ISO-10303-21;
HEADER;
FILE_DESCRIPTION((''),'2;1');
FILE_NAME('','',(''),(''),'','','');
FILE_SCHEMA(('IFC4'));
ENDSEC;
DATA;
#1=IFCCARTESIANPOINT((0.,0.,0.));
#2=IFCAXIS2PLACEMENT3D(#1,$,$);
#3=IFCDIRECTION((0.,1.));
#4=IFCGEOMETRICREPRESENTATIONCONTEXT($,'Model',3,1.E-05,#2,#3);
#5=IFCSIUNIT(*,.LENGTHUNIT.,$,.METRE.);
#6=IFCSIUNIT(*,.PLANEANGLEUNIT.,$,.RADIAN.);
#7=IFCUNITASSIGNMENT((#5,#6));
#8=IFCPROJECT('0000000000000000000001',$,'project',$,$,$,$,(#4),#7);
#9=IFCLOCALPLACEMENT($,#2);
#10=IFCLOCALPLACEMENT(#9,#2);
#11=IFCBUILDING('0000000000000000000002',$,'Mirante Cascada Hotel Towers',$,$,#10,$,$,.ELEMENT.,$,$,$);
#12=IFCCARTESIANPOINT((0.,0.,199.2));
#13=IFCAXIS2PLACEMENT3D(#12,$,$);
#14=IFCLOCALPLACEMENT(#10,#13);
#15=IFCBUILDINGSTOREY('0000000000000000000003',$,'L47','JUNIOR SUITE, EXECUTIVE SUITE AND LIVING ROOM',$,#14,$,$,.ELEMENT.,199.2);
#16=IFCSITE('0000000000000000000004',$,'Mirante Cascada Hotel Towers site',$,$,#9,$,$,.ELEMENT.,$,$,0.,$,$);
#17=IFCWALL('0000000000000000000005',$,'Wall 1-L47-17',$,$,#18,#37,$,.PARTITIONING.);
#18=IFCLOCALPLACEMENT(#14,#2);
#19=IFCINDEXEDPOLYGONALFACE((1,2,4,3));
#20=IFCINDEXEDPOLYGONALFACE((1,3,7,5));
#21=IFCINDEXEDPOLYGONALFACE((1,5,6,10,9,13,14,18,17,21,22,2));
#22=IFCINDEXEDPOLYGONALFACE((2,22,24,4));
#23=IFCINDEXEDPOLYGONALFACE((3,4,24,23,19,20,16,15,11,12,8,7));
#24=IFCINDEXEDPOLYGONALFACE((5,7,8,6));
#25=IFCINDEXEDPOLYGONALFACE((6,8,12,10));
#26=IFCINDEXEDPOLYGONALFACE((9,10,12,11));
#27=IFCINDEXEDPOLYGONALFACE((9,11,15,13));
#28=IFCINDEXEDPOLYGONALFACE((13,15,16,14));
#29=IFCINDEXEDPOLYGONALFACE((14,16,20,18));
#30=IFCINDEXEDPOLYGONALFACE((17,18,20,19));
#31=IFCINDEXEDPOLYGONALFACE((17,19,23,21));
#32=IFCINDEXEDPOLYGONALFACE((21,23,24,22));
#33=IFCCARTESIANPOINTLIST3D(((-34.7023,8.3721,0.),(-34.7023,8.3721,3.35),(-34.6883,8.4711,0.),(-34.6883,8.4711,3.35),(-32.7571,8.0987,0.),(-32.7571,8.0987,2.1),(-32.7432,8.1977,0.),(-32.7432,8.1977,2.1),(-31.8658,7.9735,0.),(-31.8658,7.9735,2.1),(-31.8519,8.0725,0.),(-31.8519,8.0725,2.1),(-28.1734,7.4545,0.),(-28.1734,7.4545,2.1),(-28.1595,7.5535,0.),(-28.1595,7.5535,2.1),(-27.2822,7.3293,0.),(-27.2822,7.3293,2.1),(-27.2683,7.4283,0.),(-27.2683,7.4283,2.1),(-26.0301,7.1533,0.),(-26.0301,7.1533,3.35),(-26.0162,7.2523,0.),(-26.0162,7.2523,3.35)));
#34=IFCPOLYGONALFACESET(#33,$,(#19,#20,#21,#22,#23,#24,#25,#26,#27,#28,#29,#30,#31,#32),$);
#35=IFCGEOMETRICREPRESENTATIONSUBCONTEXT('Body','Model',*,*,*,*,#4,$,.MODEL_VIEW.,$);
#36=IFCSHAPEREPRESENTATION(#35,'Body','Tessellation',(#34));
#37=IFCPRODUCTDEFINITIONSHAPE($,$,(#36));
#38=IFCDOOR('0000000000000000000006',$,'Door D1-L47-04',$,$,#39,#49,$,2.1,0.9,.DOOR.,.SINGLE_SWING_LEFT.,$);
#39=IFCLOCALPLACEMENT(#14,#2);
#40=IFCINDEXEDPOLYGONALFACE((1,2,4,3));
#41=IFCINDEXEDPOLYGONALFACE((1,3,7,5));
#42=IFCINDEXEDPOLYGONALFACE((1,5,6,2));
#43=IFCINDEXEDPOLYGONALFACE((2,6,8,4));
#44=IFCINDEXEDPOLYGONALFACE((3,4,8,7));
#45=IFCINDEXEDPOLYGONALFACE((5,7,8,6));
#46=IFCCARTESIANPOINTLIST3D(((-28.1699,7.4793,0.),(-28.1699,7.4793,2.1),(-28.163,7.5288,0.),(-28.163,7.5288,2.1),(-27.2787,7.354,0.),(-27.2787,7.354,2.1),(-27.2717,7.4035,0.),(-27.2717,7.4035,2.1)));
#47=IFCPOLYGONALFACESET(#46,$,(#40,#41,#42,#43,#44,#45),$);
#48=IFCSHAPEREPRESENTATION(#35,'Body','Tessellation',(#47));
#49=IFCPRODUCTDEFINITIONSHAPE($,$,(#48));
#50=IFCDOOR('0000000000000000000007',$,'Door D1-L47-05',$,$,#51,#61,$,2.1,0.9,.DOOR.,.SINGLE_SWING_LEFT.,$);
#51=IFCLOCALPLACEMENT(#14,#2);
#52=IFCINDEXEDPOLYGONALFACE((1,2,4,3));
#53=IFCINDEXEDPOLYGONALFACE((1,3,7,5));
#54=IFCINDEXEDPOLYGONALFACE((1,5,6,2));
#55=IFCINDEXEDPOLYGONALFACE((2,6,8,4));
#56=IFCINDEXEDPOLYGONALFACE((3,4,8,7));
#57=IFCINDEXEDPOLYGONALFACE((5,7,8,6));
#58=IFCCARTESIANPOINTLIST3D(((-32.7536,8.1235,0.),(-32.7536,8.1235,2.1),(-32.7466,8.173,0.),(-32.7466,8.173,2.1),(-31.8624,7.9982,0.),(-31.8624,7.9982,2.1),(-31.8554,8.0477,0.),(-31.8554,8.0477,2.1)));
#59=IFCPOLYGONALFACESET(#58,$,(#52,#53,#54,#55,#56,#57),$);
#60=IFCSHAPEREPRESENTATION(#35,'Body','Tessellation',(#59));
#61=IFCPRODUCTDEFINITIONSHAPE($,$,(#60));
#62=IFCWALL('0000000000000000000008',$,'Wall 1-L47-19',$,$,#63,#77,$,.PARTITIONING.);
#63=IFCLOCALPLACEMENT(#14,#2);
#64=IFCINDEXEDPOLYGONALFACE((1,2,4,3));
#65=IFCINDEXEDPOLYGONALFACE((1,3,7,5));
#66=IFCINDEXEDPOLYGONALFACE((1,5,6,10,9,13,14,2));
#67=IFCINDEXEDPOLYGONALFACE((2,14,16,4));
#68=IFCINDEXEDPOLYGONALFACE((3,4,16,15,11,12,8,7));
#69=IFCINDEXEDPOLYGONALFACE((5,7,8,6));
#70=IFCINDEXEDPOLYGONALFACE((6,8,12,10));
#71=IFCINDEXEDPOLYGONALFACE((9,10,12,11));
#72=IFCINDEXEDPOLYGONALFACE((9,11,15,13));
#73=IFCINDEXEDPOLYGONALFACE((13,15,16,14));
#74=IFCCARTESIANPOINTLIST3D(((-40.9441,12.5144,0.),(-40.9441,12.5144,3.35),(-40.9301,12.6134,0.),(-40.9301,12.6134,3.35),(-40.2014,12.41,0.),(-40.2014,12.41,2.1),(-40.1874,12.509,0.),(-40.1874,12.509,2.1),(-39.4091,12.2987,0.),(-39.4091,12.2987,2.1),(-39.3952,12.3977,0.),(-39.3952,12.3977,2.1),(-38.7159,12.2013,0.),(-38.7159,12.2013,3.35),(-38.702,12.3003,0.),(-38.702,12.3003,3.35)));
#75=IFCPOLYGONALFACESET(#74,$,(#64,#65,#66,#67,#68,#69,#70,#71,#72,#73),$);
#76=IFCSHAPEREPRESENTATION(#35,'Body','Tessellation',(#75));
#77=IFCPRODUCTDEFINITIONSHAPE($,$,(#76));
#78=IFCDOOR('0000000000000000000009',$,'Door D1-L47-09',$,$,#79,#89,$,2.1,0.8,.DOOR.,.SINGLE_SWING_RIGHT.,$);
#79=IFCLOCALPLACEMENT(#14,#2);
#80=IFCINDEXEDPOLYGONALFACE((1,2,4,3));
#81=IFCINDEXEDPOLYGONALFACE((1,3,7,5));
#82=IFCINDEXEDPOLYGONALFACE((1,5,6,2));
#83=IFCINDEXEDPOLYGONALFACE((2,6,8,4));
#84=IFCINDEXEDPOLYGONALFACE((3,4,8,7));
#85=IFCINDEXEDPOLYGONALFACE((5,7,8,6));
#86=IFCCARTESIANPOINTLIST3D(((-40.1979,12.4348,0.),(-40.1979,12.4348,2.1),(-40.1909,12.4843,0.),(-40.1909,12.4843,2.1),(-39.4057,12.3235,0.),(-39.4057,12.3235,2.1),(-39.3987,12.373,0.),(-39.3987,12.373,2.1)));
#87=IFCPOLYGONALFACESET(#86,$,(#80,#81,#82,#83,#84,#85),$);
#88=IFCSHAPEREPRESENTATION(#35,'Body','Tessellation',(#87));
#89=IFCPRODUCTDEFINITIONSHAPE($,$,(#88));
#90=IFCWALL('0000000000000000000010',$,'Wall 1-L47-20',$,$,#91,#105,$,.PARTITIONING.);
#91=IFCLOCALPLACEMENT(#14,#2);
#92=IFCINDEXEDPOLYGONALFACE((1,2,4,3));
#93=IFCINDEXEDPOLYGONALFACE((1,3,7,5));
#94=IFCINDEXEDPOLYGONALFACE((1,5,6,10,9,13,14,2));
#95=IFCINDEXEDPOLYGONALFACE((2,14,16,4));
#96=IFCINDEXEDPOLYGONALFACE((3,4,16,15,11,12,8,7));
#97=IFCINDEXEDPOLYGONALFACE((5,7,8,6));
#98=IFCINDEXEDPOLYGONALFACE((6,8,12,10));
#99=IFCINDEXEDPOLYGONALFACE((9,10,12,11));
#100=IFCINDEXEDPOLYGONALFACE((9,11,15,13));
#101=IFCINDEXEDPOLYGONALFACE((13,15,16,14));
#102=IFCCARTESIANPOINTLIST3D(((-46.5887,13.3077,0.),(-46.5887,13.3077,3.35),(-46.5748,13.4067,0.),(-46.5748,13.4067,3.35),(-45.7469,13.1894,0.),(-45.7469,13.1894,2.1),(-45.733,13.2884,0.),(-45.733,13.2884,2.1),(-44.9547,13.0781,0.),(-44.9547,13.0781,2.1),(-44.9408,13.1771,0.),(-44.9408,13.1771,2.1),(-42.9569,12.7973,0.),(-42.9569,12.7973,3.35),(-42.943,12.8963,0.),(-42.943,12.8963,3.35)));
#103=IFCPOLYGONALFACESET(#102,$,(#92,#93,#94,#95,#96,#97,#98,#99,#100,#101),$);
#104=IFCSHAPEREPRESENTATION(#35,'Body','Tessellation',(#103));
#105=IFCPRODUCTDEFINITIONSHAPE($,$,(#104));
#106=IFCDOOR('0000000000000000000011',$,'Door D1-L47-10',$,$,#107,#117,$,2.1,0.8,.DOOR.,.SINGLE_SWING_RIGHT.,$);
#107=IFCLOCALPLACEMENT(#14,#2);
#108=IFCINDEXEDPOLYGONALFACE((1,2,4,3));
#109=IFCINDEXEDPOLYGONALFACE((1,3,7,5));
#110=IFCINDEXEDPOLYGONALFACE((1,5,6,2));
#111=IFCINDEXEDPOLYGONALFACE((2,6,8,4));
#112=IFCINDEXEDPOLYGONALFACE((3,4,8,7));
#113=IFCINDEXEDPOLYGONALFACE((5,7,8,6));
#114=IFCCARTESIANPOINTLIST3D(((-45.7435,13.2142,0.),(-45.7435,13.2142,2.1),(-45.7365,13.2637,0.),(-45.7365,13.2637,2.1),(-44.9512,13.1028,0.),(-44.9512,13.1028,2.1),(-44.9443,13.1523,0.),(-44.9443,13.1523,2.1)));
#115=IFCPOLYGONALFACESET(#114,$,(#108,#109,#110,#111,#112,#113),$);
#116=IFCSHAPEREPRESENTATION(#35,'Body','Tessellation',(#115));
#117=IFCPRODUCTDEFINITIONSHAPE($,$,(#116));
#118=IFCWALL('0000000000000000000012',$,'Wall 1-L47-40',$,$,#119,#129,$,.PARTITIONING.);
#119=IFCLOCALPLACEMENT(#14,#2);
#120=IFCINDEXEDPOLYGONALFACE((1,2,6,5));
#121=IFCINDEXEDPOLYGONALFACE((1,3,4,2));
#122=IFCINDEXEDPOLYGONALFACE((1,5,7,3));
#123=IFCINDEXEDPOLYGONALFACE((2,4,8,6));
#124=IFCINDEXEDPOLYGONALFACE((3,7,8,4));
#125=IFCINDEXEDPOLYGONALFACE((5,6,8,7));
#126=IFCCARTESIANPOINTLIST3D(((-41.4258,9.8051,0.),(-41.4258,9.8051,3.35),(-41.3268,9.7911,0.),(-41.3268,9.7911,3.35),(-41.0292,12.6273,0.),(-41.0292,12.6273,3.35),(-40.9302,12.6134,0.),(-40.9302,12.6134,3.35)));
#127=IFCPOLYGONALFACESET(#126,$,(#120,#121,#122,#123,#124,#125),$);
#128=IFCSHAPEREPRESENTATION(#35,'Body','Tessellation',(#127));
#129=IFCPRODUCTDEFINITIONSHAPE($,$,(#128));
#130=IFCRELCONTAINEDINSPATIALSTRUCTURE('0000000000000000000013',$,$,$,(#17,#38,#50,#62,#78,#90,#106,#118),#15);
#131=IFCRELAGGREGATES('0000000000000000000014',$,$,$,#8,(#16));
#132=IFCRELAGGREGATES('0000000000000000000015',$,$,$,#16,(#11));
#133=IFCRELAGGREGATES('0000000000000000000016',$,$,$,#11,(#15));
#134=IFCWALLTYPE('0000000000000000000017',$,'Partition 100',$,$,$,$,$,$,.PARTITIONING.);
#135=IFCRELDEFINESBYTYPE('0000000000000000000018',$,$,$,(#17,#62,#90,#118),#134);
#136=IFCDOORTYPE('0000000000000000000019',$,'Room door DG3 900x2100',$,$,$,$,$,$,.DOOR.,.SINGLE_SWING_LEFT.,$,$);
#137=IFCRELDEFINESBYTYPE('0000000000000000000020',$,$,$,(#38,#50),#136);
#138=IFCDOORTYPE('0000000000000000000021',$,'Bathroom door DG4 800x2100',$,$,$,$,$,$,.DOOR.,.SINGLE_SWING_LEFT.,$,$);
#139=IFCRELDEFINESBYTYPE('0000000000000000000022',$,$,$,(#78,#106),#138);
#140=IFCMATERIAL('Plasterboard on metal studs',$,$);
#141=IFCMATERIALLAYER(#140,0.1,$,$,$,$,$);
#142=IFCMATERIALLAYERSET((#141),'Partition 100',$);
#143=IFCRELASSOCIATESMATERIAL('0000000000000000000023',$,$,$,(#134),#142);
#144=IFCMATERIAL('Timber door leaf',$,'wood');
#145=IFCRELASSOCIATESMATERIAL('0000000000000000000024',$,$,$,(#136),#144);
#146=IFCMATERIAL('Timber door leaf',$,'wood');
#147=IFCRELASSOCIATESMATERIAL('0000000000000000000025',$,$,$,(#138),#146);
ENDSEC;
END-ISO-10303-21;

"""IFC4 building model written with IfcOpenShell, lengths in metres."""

from ifc_helpers import new_model, si_unit, direction, frame, frame_2d, origin, place, context, subcontext, project, spatial, rectangle, extrude, material, layer, layer_set, type_object, element, fill, save


model = new_model("IFC4")

# Units and contexts
model_context = context("Model", 3, precision=1e-05, world=origin(), true_north=direction((0.0, 1.0)))
body_context = subcontext(model_context, "Body", "Model", "MODEL_VIEW")
ifc_project = project(units=[si_unit("LENGTHUNIT", "METRE"), si_unit("PLANEANGLEUNIT", "RADIAN")], contexts=[model_context])

# Site, building, storey
site_placement = place(None, origin())
site = spatial("IfcSite", under=ifc_project, at=site_placement, Name="Mirante Cascada Hotel Towers site", CompositionType="ELEMENT", RefElevation=0.0)
building_placement = place(site_placement, origin())
building = spatial("IfcBuilding", under=site, at=building_placement, Name="Mirante Cascada Hotel Towers", CompositionType="ELEMENT")
storey_placement = place(building_placement, frame((0.0, 0.0, 199.2)))
storey = spatial("IfcBuildingStorey", under=building, at=storey_placement, Name="L47", Description="JUNIOR SUITE, EXECUTIVE SUITE AND LIVING ROOM", CompositionType="ELEMENT", Elevation=199.2)

# Wall, openings, doors
ifc_material_1 = material(Name="Plasterboard on metal studs")
ifc_layer_1 = layer(ifc_material_1, 0.1)
ifc_layer_set_1 = layer_set([ifc_layer_1], Name="Partition 100")
wall_type_1 = type_object("IfcWallType", Name="Partition 100", PredefinedType="PARTITIONING", material=ifc_layer_set_1)
wall_1_placement = place(storey_placement, frame((-34.6953, 8.4216, 0.0), z_axis=(0.0, 0.0, 1.0), x_axis=(0.990268, -0.139173, 0.0)))
wall_1 = element("IfcWall", 1, at=wall_1_placement, inside=storey, type_object=wall_type_1, Name="Wall 1-L47-17", PredefinedType="PARTITIONING", context=body_context, shape_type="SweptSolid", body=[
    extrude(rectangle(XDim=8.7574, YDim=0.1, at=frame_2d((4.3787, 0.0))), origin(), (0.0, 0.0, 1.0), 3.35),
])
opening_1_placement = place(wall_1_placement, frame((6.593, 0.0, 0.0)))
opening_1 = element("IfcOpeningElement", 2, at=opening_1_placement, cuts=wall_1, PredefinedType="OPENING", context=body_context, shape_type="SweptSolid", body=[
    extrude(rectangle(XDim=0.9, YDim=2.1, at=frame_2d((0.45, 1.05))), frame((0.0, 0.05, 0.0), z_axis=(0.0, -1.0, 0.0), x_axis=(1.0, 0.0, 0.0)), (0.0, 0.0, 1.0), 0.1),
])
opening_2_placement = place(wall_1_placement, frame((1.9643, 0.0, 0.0)))
opening_2 = element("IfcOpeningElement", 3, at=opening_2_placement, cuts=wall_1, PredefinedType="OPENING", context=body_context, shape_type="SweptSolid", body=[
    extrude(rectangle(XDim=0.9, YDim=2.1, at=frame_2d((0.45, 1.05))), frame((0.0, 0.05, 0.0), z_axis=(0.0, -1.0, 0.0), x_axis=(1.0, 0.0, 0.0)), (0.0, 0.0, 1.0), 0.1),
])
ifc_material_2 = material(Name="Timber door leaf", Category="wood")
door_type_1 = type_object("IfcDoorType", Name="Room door DG3 900x2100", OperationType="SINGLE_SWING_LEFT", PredefinedType="DOOR", material=ifc_material_2)
door_1_placement = place(opening_1_placement, origin())
door_1 = element("IfcDoor", 4, at=door_1_placement, inside=storey, type_object=door_type_1, Name="Door D1-L47-04", OperationType="SINGLE_SWING_LEFT", OverallHeight=2.1, OverallWidth=0.9, PredefinedType="DOOR", context=body_context, shape_type="SweptSolid", body=[
    extrude(rectangle(XDim=0.9, YDim=2.1, at=frame_2d((0.45, 1.05))), frame((0.0, 0.025, 0.0), z_axis=(0.0, -1.0, 0.0), x_axis=(1.0, 0.0, 0.0)), (0.0, 0.0, 1.0), 0.05),
])
fill(opening_1, door_1)
door_2_placement = place(opening_2_placement, origin())
door_2 = element("IfcDoor", 5, at=door_2_placement, inside=storey, type_object=door_type_1, Name="Door D1-L47-05", OperationType="SINGLE_SWING_LEFT", OverallHeight=2.1, OverallWidth=0.9, PredefinedType="DOOR", context=body_context, shape_type="SweptSolid", body=[
    extrude(rectangle(XDim=0.9, YDim=2.1, at=frame_2d((0.45, 1.05))), frame((0.0, 0.025, 0.0), z_axis=(0.0, -1.0, 0.0), x_axis=(1.0, 0.0, 0.0)), (0.0, 0.0, 1.0), 0.05),
])
fill(opening_2, door_2)

# Walls, openings, doors
wall_2_placement = place(storey_placement, frame((-40.9371, 12.5639, 0.0), z_axis=(0.0, 0.0, 1.0), x_axis=(0.990271, -0.139156, 0.0)))
wall_2 = element("IfcWall", 6, at=wall_2_placement, inside=storey, type_object=wall_type_1, Name="Wall 1-L47-19", PredefinedType="PARTITIONING", context=body_context, shape_type="SweptSolid", body=[
    extrude(rectangle(XDim=2.25, YDim=0.1, at=frame_2d((1.125, 0.0))), origin(), (0.0, 0.0, 1.0), 3.35),
])
opening_3_placement = place(wall_2_placement, frame((0.75, 0.0, 0.0)))
opening_3 = element("IfcOpeningElement", 7, at=opening_3_placement, cuts=wall_2, PredefinedType="OPENING", context=body_context, shape_type="SweptSolid", body=[
    extrude(rectangle(XDim=0.8, YDim=2.1, at=frame_2d((0.4, 1.05))), frame((0.0, 0.05, 0.0), z_axis=(0.0, -1.0, 0.0), x_axis=(1.0, 0.0, 0.0)), (0.0, 0.0, 1.0), 0.1),
])
ifc_material_3 = material(Name="Timber door leaf", Category="wood")
door_type_2 = type_object("IfcDoorType", Name="Bathroom door DG4 800x2100", OperationType="SINGLE_SWING_LEFT", PredefinedType="DOOR", material=ifc_material_3)
door_3_placement = place(opening_3_placement, frame((0.8, 0.0, 0.0), z_axis=(0.0, 0.0, 1.0), x_axis=(-1.0, 0.0, 0.0)))
door_3 = element("IfcDoor", 8, at=door_3_placement, inside=storey, type_object=door_type_2, Name="Door D1-L47-09", OperationType="SINGLE_SWING_RIGHT", OverallHeight=2.1, OverallWidth=0.8, PredefinedType="DOOR", context=body_context, shape_type="SweptSolid", body=[
    extrude(rectangle(XDim=0.8, YDim=2.1, at=frame_2d((0.4, 1.05))), frame((0.0, 0.025, 0.0), z_axis=(0.0, -1.0, 0.0), x_axis=(1.0, 0.0, 0.0)), (0.0, 0.0, 1.0), 0.05),
])
fill(opening_3, door_3)
wall_3_placement = place(storey_placement, frame((-42.9499, 12.8468, 0.0), z_axis=(0.0, 0.0, 1.0), x_axis=(-0.990269, 0.139169, 0.0)))
wall_3 = element("IfcWall", 9, at=wall_3_placement, inside=storey, type_object=wall_type_1, Name="Wall 1-L47-20", PredefinedType="PARTITIONING", context=body_context, shape_type="SweptSolid", body=[
    extrude(rectangle(XDim=3.6675, YDim=0.1, at=frame_2d((1.8338, 0.0))), origin(), (0.0, 0.0, 1.0), 3.35),
])
opening_4_placement = place(wall_3_placement, frame((2.0175, 0.0, 0.0)))
opening_4 = element("IfcOpeningElement", 10, at=opening_4_placement, cuts=wall_3, PredefinedType="OPENING", context=body_context, shape_type="SweptSolid", body=[
    extrude(rectangle(XDim=0.8, YDim=2.1, at=frame_2d((0.4, 1.05))), frame((0.0, 0.05, 0.0), z_axis=(0.0, -1.0, 0.0), x_axis=(1.0, 0.0, 0.0)), (0.0, 0.0, 1.0), 0.1),
])
door_4_placement = place(opening_4_placement, frame((0.8, 0.0, 0.0), z_axis=(0.0, 0.0, 1.0), x_axis=(-1.0, 0.0, 0.0)))
door_4 = element("IfcDoor", 11, at=door_4_placement, inside=storey, type_object=door_type_2, Name="Door D1-L47-10", OperationType="SINGLE_SWING_RIGHT", OverallHeight=2.1, OverallWidth=0.8, PredefinedType="DOOR", context=body_context, shape_type="SweptSolid", body=[
    extrude(rectangle(XDim=0.8, YDim=2.1, at=frame_2d((0.4, 1.05))), frame((0.0, 0.025, 0.0), z_axis=(0.0, -1.0, 0.0), x_axis=(1.0, 0.0, 0.0)), (0.0, 0.0, 1.0), 0.05),
])
fill(opening_4, door_4)

# Wall
wall_4_placement = place(storey_placement, frame((-41.3763, 9.7981, 0.0), z_axis=(0.0, 0.0, 1.0), x_axis=(0.139156, 0.99027, 0.0)))
element("IfcWall", 12, at=wall_4_placement, inside=storey, type_object=wall_type_1, Name="Wall 1-L47-40", PredefinedType="PARTITIONING", context=body_context, shape_type="SweptSolid", body=[
    extrude(rectangle(XDim=2.85, YDim=0.1, at=frame_2d((1.425, 0.0))), origin(), (0.0, 0.0, 1.0), 3.35),
])

save(model, "model.ifc")
